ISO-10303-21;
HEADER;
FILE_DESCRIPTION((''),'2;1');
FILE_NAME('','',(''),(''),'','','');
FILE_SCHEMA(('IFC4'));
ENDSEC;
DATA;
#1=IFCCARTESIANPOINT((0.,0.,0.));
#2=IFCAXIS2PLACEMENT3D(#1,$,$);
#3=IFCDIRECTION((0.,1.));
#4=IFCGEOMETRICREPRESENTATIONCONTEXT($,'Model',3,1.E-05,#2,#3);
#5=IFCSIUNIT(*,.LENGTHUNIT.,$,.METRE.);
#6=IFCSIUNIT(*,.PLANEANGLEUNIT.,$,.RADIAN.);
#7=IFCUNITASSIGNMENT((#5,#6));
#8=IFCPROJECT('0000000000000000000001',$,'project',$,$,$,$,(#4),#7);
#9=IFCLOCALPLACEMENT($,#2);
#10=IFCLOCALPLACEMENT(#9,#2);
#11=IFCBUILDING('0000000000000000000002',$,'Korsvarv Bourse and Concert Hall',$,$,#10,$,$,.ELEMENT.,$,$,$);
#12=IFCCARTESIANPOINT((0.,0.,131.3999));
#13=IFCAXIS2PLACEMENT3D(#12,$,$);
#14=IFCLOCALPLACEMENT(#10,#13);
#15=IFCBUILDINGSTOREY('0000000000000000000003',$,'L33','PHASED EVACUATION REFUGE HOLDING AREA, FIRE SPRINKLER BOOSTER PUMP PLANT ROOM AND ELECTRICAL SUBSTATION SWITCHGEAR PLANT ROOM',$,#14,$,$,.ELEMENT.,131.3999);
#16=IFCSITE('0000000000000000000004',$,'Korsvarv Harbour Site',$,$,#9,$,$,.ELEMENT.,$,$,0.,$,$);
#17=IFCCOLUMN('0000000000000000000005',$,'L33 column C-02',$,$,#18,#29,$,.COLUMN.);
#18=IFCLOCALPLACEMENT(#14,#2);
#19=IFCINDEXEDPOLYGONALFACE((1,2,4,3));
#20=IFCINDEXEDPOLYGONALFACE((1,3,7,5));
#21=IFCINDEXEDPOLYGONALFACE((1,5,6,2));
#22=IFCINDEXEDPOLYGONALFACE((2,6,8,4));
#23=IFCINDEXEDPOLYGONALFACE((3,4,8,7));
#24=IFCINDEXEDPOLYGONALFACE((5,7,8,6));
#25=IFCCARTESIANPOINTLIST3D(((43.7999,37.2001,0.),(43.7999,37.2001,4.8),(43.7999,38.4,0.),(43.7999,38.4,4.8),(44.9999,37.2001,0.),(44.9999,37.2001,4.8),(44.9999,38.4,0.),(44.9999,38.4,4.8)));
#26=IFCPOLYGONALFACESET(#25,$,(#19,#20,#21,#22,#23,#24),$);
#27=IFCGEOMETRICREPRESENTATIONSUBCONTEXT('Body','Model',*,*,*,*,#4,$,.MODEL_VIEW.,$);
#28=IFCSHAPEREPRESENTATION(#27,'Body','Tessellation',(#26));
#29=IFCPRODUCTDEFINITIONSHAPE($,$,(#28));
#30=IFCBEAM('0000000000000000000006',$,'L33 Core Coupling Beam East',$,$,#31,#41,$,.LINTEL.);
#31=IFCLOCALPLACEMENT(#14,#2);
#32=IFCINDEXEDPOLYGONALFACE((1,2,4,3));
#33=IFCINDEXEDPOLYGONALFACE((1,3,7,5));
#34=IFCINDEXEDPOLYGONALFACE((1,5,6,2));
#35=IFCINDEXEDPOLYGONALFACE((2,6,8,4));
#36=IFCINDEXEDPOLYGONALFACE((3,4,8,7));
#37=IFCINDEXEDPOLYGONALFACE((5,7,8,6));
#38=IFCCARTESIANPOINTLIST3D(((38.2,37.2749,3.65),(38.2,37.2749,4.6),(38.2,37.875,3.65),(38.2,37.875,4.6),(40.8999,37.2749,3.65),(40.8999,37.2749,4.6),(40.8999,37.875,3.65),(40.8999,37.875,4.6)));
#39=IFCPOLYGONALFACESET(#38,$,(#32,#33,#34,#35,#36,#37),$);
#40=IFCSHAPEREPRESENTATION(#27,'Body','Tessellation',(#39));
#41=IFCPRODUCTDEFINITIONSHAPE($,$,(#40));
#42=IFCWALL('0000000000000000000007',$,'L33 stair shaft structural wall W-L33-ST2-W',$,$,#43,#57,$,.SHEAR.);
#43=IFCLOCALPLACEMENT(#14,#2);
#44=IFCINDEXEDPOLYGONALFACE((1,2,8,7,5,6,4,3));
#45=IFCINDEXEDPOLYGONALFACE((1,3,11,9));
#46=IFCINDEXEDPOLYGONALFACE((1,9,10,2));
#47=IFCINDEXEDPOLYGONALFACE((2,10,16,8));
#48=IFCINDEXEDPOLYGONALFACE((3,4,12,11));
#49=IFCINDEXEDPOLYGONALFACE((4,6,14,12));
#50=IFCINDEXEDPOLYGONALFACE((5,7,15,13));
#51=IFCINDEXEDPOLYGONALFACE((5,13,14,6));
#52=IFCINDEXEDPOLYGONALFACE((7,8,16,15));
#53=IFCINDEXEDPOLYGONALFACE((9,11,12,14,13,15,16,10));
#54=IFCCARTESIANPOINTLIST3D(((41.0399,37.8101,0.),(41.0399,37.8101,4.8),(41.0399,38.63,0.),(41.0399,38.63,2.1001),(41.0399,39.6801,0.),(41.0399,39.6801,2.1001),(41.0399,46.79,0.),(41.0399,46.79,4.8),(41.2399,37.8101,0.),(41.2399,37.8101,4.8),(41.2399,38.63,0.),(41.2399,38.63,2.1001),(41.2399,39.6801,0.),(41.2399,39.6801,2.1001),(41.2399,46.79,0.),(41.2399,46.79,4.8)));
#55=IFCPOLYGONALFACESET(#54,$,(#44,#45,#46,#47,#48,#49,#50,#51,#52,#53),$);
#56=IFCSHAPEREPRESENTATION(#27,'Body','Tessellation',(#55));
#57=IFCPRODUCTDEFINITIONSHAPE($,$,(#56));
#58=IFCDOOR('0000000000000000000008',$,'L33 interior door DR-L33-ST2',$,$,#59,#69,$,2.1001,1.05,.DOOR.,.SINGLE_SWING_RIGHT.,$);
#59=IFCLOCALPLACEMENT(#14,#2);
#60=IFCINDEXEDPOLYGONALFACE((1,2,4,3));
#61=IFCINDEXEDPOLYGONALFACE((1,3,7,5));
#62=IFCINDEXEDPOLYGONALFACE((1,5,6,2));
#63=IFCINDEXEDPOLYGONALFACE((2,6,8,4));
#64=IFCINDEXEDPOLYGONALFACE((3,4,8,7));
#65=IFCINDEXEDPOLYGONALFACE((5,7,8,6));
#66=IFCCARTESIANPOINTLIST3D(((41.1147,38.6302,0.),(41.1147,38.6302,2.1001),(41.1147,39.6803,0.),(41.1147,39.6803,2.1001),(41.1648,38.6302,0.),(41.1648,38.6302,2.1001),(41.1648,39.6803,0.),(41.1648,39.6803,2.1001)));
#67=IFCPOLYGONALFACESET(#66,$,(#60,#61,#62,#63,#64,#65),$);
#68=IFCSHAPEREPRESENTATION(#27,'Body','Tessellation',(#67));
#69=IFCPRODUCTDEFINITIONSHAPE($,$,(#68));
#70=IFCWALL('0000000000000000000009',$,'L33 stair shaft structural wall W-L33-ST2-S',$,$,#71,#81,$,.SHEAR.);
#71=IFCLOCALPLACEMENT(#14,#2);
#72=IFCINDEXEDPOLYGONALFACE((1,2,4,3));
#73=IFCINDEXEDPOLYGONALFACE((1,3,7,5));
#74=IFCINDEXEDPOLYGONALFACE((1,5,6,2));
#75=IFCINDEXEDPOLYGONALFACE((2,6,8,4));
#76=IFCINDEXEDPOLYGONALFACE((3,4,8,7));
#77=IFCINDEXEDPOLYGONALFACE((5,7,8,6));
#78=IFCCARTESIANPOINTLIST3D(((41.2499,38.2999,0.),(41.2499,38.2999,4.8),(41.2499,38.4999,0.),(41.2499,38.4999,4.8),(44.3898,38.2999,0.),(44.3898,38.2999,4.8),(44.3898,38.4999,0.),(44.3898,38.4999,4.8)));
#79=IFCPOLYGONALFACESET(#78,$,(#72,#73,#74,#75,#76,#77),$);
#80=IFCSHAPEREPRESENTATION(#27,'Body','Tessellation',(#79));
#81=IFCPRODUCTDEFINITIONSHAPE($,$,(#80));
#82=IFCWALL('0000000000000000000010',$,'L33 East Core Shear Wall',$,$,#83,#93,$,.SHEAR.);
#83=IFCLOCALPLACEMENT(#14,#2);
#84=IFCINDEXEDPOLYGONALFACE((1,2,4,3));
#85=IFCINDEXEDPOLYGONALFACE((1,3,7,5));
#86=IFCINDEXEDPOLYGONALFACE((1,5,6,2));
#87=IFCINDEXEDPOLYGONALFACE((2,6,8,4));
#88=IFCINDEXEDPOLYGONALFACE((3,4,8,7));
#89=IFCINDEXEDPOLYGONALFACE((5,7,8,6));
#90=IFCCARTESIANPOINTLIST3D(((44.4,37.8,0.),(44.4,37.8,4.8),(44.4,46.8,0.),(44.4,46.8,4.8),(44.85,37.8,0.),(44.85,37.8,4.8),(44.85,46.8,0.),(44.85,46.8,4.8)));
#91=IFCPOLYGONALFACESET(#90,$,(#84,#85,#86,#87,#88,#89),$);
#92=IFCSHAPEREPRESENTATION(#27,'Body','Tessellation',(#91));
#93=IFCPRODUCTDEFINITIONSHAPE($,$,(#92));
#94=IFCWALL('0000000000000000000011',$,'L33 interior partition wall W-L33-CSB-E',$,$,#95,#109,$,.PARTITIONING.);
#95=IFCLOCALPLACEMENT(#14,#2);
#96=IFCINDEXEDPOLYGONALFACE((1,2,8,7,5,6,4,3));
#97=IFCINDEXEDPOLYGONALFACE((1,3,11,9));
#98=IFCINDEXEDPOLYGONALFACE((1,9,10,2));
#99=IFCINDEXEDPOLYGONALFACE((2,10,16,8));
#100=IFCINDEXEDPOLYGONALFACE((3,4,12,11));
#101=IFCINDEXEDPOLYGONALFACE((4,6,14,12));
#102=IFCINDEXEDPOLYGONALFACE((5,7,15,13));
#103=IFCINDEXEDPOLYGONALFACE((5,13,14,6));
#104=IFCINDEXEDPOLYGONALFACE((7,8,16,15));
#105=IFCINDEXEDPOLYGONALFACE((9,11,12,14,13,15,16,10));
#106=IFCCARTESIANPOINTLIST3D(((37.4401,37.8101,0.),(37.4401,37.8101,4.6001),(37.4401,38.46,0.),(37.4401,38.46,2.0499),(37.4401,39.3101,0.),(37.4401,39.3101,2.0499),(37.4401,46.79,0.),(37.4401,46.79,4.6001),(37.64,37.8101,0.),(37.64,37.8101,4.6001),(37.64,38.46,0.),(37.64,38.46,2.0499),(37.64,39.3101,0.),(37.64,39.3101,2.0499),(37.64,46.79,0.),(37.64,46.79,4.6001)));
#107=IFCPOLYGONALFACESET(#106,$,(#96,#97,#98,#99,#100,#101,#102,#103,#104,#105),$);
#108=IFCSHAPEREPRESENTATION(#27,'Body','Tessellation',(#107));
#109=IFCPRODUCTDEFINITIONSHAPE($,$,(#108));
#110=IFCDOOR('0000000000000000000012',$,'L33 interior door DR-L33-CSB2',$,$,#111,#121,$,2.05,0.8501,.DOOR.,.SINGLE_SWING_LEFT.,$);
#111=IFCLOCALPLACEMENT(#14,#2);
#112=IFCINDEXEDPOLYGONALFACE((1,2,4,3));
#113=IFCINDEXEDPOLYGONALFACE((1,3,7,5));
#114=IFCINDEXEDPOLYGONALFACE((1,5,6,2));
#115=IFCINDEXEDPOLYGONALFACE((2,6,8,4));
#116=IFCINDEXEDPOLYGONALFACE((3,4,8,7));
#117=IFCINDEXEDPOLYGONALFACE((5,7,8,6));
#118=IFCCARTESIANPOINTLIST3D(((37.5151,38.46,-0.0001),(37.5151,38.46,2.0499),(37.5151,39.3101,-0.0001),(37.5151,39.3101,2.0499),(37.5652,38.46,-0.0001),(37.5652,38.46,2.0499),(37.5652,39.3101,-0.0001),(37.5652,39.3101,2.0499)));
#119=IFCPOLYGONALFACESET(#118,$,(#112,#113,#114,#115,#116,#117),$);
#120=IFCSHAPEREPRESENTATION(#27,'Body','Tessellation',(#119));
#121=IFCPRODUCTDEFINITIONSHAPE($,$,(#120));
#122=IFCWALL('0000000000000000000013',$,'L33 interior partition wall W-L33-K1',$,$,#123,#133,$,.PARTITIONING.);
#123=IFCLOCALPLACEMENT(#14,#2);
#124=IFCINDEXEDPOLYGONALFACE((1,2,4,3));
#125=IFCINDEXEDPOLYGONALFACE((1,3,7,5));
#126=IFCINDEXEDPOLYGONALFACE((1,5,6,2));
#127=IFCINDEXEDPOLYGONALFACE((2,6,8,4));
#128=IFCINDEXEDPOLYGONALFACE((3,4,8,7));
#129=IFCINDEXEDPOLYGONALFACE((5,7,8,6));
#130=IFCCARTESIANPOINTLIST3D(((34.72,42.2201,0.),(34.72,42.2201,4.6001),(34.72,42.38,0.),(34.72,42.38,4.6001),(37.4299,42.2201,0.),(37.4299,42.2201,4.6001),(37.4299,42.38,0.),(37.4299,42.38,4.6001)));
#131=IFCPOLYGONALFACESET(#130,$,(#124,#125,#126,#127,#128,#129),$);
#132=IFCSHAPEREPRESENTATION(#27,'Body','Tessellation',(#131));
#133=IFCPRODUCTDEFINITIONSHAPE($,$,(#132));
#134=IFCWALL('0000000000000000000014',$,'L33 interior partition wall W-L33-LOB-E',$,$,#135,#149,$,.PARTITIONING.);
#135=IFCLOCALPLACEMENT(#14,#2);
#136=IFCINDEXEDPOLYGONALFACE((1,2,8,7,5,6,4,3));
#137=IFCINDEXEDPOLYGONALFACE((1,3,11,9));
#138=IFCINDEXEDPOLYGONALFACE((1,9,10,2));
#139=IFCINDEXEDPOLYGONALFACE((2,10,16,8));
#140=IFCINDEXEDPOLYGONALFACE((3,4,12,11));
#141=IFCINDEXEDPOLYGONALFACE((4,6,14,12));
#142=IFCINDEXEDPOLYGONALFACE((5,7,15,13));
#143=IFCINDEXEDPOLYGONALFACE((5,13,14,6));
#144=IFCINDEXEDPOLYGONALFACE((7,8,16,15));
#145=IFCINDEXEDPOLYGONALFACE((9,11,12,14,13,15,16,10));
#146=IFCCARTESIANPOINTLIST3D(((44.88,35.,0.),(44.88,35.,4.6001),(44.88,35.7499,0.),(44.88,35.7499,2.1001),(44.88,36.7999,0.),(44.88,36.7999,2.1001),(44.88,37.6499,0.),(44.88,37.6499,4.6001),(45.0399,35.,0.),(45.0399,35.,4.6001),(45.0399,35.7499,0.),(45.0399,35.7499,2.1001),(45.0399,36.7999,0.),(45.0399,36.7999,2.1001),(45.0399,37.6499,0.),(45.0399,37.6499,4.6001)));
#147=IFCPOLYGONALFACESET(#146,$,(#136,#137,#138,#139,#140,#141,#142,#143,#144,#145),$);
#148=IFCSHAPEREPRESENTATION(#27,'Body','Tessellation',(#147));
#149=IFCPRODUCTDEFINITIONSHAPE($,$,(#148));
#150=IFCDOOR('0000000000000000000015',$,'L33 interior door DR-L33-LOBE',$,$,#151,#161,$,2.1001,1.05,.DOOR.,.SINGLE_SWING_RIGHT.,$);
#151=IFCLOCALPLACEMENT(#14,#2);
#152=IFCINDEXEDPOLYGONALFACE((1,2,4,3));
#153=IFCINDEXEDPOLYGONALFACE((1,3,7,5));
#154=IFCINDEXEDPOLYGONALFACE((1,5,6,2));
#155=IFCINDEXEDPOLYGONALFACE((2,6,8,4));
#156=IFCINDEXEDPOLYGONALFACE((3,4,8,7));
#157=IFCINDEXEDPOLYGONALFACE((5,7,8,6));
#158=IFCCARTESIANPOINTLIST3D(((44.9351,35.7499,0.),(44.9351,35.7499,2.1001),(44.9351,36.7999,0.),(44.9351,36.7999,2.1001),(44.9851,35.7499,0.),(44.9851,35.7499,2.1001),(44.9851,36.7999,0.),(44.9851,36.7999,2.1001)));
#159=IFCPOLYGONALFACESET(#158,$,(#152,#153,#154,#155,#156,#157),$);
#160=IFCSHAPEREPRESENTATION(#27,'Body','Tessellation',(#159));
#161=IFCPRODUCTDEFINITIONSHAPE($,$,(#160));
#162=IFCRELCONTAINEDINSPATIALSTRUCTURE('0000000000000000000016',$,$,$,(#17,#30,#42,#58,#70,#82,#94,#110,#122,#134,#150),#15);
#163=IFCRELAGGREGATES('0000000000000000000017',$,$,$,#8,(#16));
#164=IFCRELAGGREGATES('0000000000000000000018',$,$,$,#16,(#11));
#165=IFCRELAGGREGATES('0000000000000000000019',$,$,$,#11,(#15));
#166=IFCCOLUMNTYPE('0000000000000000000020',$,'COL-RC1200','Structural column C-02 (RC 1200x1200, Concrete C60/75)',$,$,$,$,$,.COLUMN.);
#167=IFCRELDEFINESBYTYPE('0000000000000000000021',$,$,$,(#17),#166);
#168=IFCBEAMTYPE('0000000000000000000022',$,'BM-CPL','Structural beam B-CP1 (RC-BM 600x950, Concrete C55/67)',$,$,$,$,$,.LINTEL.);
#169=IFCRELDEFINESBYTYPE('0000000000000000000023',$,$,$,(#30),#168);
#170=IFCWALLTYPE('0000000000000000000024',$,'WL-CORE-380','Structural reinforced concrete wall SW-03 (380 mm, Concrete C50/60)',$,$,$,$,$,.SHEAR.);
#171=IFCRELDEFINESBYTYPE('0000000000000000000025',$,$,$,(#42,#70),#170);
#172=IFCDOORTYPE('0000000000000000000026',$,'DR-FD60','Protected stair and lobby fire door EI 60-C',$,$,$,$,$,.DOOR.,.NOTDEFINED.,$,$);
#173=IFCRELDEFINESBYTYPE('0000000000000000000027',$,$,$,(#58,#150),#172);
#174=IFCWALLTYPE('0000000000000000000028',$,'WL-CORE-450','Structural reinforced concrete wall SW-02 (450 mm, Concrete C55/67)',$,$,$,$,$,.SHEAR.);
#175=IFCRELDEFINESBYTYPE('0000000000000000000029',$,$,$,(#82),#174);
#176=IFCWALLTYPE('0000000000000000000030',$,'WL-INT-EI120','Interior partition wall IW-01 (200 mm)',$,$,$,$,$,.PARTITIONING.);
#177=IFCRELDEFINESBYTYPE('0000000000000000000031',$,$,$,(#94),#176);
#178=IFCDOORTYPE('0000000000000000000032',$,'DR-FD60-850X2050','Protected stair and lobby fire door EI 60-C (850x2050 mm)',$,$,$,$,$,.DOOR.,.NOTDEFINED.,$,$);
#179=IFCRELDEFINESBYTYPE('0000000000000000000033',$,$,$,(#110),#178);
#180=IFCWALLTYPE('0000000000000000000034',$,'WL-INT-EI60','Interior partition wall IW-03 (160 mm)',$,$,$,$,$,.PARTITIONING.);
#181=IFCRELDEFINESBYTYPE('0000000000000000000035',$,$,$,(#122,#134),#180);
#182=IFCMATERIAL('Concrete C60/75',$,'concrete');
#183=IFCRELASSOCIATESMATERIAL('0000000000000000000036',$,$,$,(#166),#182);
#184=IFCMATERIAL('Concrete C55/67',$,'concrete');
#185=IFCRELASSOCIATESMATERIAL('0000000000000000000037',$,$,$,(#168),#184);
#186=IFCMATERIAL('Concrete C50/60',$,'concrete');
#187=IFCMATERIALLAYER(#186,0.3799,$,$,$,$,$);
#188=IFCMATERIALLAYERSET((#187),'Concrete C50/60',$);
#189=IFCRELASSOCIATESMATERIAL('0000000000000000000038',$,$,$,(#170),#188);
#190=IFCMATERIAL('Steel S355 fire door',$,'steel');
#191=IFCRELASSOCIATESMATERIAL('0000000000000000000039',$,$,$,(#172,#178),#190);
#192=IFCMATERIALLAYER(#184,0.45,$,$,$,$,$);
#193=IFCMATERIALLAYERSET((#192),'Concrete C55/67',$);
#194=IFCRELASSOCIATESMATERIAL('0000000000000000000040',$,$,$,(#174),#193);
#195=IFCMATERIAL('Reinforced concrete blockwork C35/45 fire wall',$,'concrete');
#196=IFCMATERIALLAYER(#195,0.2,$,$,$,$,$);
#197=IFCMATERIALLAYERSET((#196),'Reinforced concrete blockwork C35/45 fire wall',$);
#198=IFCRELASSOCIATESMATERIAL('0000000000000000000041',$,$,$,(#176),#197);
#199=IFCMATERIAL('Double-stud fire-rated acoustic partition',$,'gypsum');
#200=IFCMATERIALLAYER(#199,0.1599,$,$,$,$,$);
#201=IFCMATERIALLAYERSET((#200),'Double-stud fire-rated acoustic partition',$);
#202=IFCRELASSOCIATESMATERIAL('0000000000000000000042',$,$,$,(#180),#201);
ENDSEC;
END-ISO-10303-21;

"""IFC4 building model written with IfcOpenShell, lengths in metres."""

from ifc_helpers import new_model, si_unit, direction, frame, frame_2d, origin, origin_2d, place, context, subcontext, project, spatial, rectangle, extrude, source, transform, mapped, material, layer, layer_set, material_profile, profile_set, type_object, element, fill, save


model = new_model("IFC4")

# Units and contexts
model_context = context("Model", 3, precision=1e-05, world=origin(), true_north=direction((0.0, 1.0)))
body_context = subcontext(model_context, "Body", "Model", "MODEL_VIEW")
ifc_project = project(units=[si_unit("LENGTHUNIT", "METRE"), si_unit("PLANEANGLEUNIT", "RADIAN")], contexts=[model_context])

# Site, building, storey
site_placement = place(None, origin())
site = spatial("IfcSite", under=ifc_project, at=site_placement, Name="Korsvarv Harbour Site", CompositionType="ELEMENT", RefElevation=0.0)
building_placement = place(site_placement, origin())
building = spatial("IfcBuilding", under=site, at=building_placement, Name="Korsvarv Bourse and Concert Hall", CompositionType="ELEMENT")
storey_placement = place(building_placement, frame((0.0, 0.0, 131.3999)))
storey = spatial("IfcBuildingStorey", under=building, at=storey_placement, Name="L33", Description="PHASED EVACUATION REFUGE HOLDING AREA, FIRE SPRINKLER BOOSTER PUMP PLANT ROOM AND ELECTRICAL SUBSTATION SWITCHGEAR PLANT ROOM", CompositionType="ELEMENT", Elevation=131.3999)

# Column
ifc_material_1 = material(Name="Concrete C60/75", Category="concrete")
ifc_material_profile_1 = material_profile(ifc_material_1, rectangle(XDim=1.2, YDim=1.2, at=origin_2d()), Name="RC 1200x1200")
ifc_profile_set_1 = profile_set([ifc_material_profile_1], Name="Concrete C60/75")
column_type = type_object("IfcColumnType", Name="COL-RC1200", Description="Structural column C-02 (RC 1200x1200, Concrete C60/75)", PredefinedType="COLUMN", material=ifc_profile_set_1)
shared_shape_1 = source(origin(), body_context, "Body", "SweptSolid", [
    extrude(rectangle(XDim=1.2, YDim=1.2, at=origin_2d()), origin(), (0.0, 0.0, 1.0), 4.8),
])
column_placement = place(storey_placement, frame((44.3999, 37.8, 0.0), z_axis=(0.0, 0.0, 1.0), x_axis=(1.0, 0.0, 0.0)))
element("IfcColumn", 1, at=column_placement, inside=storey, type_object=column_type, Name="L33 column C-02", PredefinedType="COLUMN", context=body_context, shape_type="MappedRepresentation", body=[
    mapped(shared_shape_1, transform((0.0, 0.0, 0.0), scale=1.0)),
])

# Beam
ifc_material_2 = material(Name="Concrete C55/67", Category="concrete")
ifc_material_profile_2 = material_profile(ifc_material_2, rectangle(XDim=0.6001, YDim=0.95, at=origin_2d()), Name="RC-BM 600x950")
ifc_profile_set_2 = profile_set([ifc_material_profile_2], Name="Concrete C55/67")
beam_type = type_object("IfcBeamType", Name="BM-CPL", Description="Structural beam B-CP1 (RC-BM 600x950, Concrete C55/67)", PredefinedType="LINTEL", material=ifc_profile_set_2)
shared_shape_2 = source(origin(), body_context, "Body", "SweptSolid", [
    extrude(rectangle(XDim=0.6001, YDim=0.95, at=origin_2d()), origin(), (0.0, 0.0, 1.0), 2.7),
])
beam_placement = place(storey_placement, frame((38.2, 37.575, 4.125), z_axis=(1.0, 0.0, 0.0), x_axis=(0.0, 1.0, 0.0)))
element("IfcBeam", 2, at=beam_placement, inside=storey, type_object=beam_type, Name="L33 Core Coupling Beam East", PredefinedType="LINTEL", context=body_context, shape_type="MappedRepresentation", body=[
    mapped(shared_shape_2, transform((0.0, 0.0, 0.0), scale=1.0)),
])

# Wall, opening, door
ifc_material_3 = material(Name="Concrete C50/60", Category="concrete")
ifc_layer_1 = layer(ifc_material_3, 0.3799)
ifc_layer_set_1 = layer_set([ifc_layer_1], Name="Concrete C50/60")
wall_type_1 = type_object("IfcWallType", Name="WL-CORE-380", Description="Structural reinforced concrete wall SW-03 (380 mm, Concrete C50/60)", PredefinedType="SHEAR", material=ifc_layer_set_1)
wall_1_placement = place(storey_placement, frame((41.1399, 37.8101, 0.0), z_axis=(0.0, 0.0, 1.0), x_axis=(0.0, 1.0, 0.0)))
wall_1 = element("IfcWall", 3, at=wall_1_placement, inside=storey, type_object=wall_type_1, Name="L33 stair shaft structural wall W-L33-ST2-W", PredefinedType="SHEAR", context=body_context, shape_type="SweptSolid", body=[
    extrude(rectangle(XDim=8.98, YDim=0.2, at=frame_2d((4.49, 0.0))), origin(), (0.0, 0.0, 1.0), 4.8),
])
opening_1_placement = place(wall_1_placement, frame((0.8201, 0.0, 0.0)))
opening_1 = element("IfcOpeningElement", 4, at=opening_1_placement, cuts=wall_1, PredefinedType="OPENING", context=body_context, shape_type="SweptSolid", body=[
    extrude(rectangle(XDim=1.05, YDim=2.1001, at=frame_2d((0.5249, 1.05))), frame((0.0, 0.1099, 0.0), z_axis=(0.0, -1.0, 0.0), x_axis=(1.0, 0.0, 0.0)), (0.0, 0.0, 1.0), 0.22),
])
ifc_material_4 = material(Name="Steel S355 fire door", Category="steel")
door_type_1 = type_object("IfcDoorType", Name="DR-FD60", Description="Protected stair and lobby fire door EI 60-C", OperationType="NOTDEFINED", PredefinedType="DOOR", material=ifc_material_4)
door_1_placement = place(opening_1_placement, frame((1.05, 0.0, 0.0), z_axis=(0.0, 0.0, 1.0), x_axis=(-1.0, 0.0, 0.0)))
door_1 = element("IfcDoor", 5, at=door_1_placement, inside=storey, type_object=door_type_1, Name="L33 interior door DR-L33-ST2", OperationType="SINGLE_SWING_RIGHT", OverallHeight=2.1001, OverallWidth=1.05, PredefinedType="DOOR", context=body_context, shape_type="SweptSolid", body=[
    extrude(rectangle(XDim=1.05, YDim=2.1001, at=frame_2d((0.5249, 1.05))), frame((0.0, 0.0249, 0.0), z_axis=(0.0, -1.0, 0.0), x_axis=(1.0, 0.0, 0.0)), (0.0, 0.0, 1.0), 0.05),
])
fill(opening_1, door_1)

# Walls
wall_2_placement = place(storey_placement, frame((41.25, 38.3999, 0.0), z_axis=(0.0, 0.0, 1.0), x_axis=(1.0, 0.0, 0.0)))
element("IfcWall", 6, at=wall_2_placement, inside=storey, type_object=wall_type_1, Name="L33 stair shaft structural wall W-L33-ST2-S", PredefinedType="SHEAR", context=body_context, shape_type="SweptSolid", body=[
    extrude(rectangle(XDim=3.1399, YDim=0.2, at=frame_2d((1.5698, 0.0))), origin(), (0.0, 0.0, 1.0), 4.8),
])
ifc_layer_2 = layer(ifc_material_2, 0.45)
ifc_layer_set_2 = layer_set([ifc_layer_2], Name="Concrete C55/67")
wall_type_2 = type_object("IfcWallType", Name="WL-CORE-450", Description="Structural reinforced concrete wall SW-02 (450 mm, Concrete C55/67)", PredefinedType="SHEAR", material=ifc_layer_set_2)
wall_3_placement = place(storey_placement, frame((44.625, 37.8, 0.0), z_axis=(0.0, 0.0, 1.0), x_axis=(0.0, 1.0, 0.0)))
element("IfcWall", 7, at=wall_3_placement, inside=storey, type_object=wall_type_2, Name="L33 East Core Shear Wall", PredefinedType="SHEAR", context=body_context, shape_type="SweptSolid", body=[
    extrude(rectangle(XDim=9.0, YDim=0.45, at=frame_2d((4.5, 0.0))), origin(), (0.0, 0.0, 1.0), 4.8),
])

# Wall, opening, door
ifc_material_5 = material(Name="Reinforced concrete blockwork C35/45 fire wall", Category="concrete")
ifc_layer_3 = layer(ifc_material_5, 0.2)
ifc_layer_set_3 = layer_set([ifc_layer_3], Name="Reinforced concrete blockwork C35/45 fire wall")
wall_type_3 = type_object("IfcWallType", Name="WL-INT-EI120", Description="Interior partition wall IW-01 (200 mm)", PredefinedType="PARTITIONING", material=ifc_layer_set_3)
wall_4_placement = place(storey_placement, frame((37.54, 37.8101, 0.0), z_axis=(0.0, 0.0, 1.0), x_axis=(0.0, 1.0, 0.0)))
wall_4 = element("IfcWall", 8, at=wall_4_placement, inside=storey, type_object=wall_type_3, Name="L33 interior partition wall W-L33-CSB-E", PredefinedType="PARTITIONING", context=body_context, shape_type="SweptSolid", body=[
    extrude(rectangle(XDim=8.98, YDim=0.2, at=frame_2d((4.49, 0.0))), origin(), (0.0, 0.0, 1.0), 4.6001),
])
opening_2_placement = place(wall_4_placement, frame((0.6499, 0.0, 0.0)))
opening_2 = element("IfcOpeningElement", 9, at=opening_2_placement, cuts=wall_4, PredefinedType="OPENING", context=body_context, shape_type="SweptSolid", body=[
    extrude(rectangle(XDim=0.8501, YDim=2.05, at=frame_2d((0.425, 1.0249))), frame((0.0, 0.1099, 0.0), z_axis=(0.0, -1.0, 0.0), x_axis=(1.0, 0.0, 0.0)), (0.0, 0.0, 1.0), 0.22),
])
door_type_2 = type_object("IfcDoorType", Name="DR-FD60-850X2050", Description="Protected stair and lobby fire door EI 60-C (850x2050 mm)", OperationType="NOTDEFINED", PredefinedType="DOOR", material=ifc_material_4)
door_2_placement = place(opening_2_placement, origin())
door_2 = element("IfcDoor", 10, at=door_2_placement, inside=storey, type_object=door_type_2, Name="L33 interior door DR-L33-CSB2", OperationType="SINGLE_SWING_LEFT", OverallHeight=2.05, OverallWidth=0.8501, PredefinedType="DOOR", context=body_context, shape_type="SweptSolid", body=[
    extrude(rectangle(XDim=0.8501, YDim=2.05, at=frame_2d((0.425, 1.0249))), frame((0.0, 0.0249, 0.0), z_axis=(0.0, -1.0, 0.0), x_axis=(1.0, 0.0, 0.0)), (0.0, 0.0, 1.0), 0.05),
])
fill(opening_2, door_2)

# Wall
ifc_material_6 = material(Name="Double-stud fire-rated acoustic partition", Category="gypsum")
ifc_layer_4 = layer(ifc_material_6, 0.1599)
ifc_layer_set_4 = layer_set([ifc_layer_4], Name="Double-stud fire-rated acoustic partition")
wall_type_4 = type_object("IfcWallType", Name="WL-INT-EI60", Description="Interior partition wall IW-03 (160 mm)", PredefinedType="PARTITIONING", material=ifc_layer_set_4)
wall_5_placement = place(storey_placement, frame((34.72, 42.3, 0.0), z_axis=(0.0, 0.0, 1.0), x_axis=(1.0, 0.0, 0.0)))
element("IfcWall", 11, at=wall_5_placement, inside=storey, type_object=wall_type_4, Name="L33 interior partition wall W-L33-K1", PredefinedType="PARTITIONING", context=body_context, shape_type="SweptSolid", body=[
    extrude(rectangle(XDim=2.71, YDim=0.1599, at=frame_2d((1.355, 0.0))), origin(), (0.0, 0.0, 1.0), 4.6001),
])

# Wall, opening, door
wall_6_placement = place(storey_placement, frame((44.96, 35.0, 0.0), z_axis=(0.0, 0.0, 1.0), x_axis=(0.0, 1.0, 0.0)))
wall_6 = element("IfcWall", 12, at=wall_6_placement, inside=storey, type_object=wall_type_4, Name="L33 interior partition wall W-L33-LOB-E", PredefinedType="PARTITIONING", context=body_context, shape_type="SweptSolid", body=[
    extrude(rectangle(XDim=2.6499, YDim=0.1599, at=frame_2d((1.325, 0.0))), origin(), (0.0, 0.0, 1.0), 4.6001),
])
opening_3_placement = place(wall_6_placement, frame((0.75, 0.0, 0.0)))
opening_3 = element("IfcOpeningElement", 13, at=opening_3_placement, cuts=wall_6, PredefinedType="OPENING", context=body_context, shape_type="SweptSolid", body=[
    extrude(rectangle(XDim=1.05, YDim=2.1001, at=frame_2d((0.5249, 1.05))), frame((0.0, 0.0898, 0.0), z_axis=(0.0, -1.0, 0.0), x_axis=(1.0, 0.0, 0.0)), (0.0, 0.0, 1.0), 0.1799),
])
door_3_placement = place(opening_3_placement, origin())
door_3 = element("IfcDoor", 14, at=door_3_placement, inside=storey, type_object=door_type_1, Name="L33 interior door DR-L33-LOBE", OperationType="SINGLE_SWING_RIGHT", OverallHeight=2.1001, OverallWidth=1.05, PredefinedType="DOOR", context=body_context, shape_type="SweptSolid", body=[
    extrude(rectangle(XDim=1.05, YDim=2.1001, at=frame_2d((0.5249, 1.05))), frame((0.0, 0.0249, 0.0), z_axis=(0.0, -1.0, 0.0), x_axis=(1.0, 0.0, 0.0)), (0.0, 0.0, 1.0), 0.05),
])
fill(opening_3, door_3)

save(model, "model.ifc")
